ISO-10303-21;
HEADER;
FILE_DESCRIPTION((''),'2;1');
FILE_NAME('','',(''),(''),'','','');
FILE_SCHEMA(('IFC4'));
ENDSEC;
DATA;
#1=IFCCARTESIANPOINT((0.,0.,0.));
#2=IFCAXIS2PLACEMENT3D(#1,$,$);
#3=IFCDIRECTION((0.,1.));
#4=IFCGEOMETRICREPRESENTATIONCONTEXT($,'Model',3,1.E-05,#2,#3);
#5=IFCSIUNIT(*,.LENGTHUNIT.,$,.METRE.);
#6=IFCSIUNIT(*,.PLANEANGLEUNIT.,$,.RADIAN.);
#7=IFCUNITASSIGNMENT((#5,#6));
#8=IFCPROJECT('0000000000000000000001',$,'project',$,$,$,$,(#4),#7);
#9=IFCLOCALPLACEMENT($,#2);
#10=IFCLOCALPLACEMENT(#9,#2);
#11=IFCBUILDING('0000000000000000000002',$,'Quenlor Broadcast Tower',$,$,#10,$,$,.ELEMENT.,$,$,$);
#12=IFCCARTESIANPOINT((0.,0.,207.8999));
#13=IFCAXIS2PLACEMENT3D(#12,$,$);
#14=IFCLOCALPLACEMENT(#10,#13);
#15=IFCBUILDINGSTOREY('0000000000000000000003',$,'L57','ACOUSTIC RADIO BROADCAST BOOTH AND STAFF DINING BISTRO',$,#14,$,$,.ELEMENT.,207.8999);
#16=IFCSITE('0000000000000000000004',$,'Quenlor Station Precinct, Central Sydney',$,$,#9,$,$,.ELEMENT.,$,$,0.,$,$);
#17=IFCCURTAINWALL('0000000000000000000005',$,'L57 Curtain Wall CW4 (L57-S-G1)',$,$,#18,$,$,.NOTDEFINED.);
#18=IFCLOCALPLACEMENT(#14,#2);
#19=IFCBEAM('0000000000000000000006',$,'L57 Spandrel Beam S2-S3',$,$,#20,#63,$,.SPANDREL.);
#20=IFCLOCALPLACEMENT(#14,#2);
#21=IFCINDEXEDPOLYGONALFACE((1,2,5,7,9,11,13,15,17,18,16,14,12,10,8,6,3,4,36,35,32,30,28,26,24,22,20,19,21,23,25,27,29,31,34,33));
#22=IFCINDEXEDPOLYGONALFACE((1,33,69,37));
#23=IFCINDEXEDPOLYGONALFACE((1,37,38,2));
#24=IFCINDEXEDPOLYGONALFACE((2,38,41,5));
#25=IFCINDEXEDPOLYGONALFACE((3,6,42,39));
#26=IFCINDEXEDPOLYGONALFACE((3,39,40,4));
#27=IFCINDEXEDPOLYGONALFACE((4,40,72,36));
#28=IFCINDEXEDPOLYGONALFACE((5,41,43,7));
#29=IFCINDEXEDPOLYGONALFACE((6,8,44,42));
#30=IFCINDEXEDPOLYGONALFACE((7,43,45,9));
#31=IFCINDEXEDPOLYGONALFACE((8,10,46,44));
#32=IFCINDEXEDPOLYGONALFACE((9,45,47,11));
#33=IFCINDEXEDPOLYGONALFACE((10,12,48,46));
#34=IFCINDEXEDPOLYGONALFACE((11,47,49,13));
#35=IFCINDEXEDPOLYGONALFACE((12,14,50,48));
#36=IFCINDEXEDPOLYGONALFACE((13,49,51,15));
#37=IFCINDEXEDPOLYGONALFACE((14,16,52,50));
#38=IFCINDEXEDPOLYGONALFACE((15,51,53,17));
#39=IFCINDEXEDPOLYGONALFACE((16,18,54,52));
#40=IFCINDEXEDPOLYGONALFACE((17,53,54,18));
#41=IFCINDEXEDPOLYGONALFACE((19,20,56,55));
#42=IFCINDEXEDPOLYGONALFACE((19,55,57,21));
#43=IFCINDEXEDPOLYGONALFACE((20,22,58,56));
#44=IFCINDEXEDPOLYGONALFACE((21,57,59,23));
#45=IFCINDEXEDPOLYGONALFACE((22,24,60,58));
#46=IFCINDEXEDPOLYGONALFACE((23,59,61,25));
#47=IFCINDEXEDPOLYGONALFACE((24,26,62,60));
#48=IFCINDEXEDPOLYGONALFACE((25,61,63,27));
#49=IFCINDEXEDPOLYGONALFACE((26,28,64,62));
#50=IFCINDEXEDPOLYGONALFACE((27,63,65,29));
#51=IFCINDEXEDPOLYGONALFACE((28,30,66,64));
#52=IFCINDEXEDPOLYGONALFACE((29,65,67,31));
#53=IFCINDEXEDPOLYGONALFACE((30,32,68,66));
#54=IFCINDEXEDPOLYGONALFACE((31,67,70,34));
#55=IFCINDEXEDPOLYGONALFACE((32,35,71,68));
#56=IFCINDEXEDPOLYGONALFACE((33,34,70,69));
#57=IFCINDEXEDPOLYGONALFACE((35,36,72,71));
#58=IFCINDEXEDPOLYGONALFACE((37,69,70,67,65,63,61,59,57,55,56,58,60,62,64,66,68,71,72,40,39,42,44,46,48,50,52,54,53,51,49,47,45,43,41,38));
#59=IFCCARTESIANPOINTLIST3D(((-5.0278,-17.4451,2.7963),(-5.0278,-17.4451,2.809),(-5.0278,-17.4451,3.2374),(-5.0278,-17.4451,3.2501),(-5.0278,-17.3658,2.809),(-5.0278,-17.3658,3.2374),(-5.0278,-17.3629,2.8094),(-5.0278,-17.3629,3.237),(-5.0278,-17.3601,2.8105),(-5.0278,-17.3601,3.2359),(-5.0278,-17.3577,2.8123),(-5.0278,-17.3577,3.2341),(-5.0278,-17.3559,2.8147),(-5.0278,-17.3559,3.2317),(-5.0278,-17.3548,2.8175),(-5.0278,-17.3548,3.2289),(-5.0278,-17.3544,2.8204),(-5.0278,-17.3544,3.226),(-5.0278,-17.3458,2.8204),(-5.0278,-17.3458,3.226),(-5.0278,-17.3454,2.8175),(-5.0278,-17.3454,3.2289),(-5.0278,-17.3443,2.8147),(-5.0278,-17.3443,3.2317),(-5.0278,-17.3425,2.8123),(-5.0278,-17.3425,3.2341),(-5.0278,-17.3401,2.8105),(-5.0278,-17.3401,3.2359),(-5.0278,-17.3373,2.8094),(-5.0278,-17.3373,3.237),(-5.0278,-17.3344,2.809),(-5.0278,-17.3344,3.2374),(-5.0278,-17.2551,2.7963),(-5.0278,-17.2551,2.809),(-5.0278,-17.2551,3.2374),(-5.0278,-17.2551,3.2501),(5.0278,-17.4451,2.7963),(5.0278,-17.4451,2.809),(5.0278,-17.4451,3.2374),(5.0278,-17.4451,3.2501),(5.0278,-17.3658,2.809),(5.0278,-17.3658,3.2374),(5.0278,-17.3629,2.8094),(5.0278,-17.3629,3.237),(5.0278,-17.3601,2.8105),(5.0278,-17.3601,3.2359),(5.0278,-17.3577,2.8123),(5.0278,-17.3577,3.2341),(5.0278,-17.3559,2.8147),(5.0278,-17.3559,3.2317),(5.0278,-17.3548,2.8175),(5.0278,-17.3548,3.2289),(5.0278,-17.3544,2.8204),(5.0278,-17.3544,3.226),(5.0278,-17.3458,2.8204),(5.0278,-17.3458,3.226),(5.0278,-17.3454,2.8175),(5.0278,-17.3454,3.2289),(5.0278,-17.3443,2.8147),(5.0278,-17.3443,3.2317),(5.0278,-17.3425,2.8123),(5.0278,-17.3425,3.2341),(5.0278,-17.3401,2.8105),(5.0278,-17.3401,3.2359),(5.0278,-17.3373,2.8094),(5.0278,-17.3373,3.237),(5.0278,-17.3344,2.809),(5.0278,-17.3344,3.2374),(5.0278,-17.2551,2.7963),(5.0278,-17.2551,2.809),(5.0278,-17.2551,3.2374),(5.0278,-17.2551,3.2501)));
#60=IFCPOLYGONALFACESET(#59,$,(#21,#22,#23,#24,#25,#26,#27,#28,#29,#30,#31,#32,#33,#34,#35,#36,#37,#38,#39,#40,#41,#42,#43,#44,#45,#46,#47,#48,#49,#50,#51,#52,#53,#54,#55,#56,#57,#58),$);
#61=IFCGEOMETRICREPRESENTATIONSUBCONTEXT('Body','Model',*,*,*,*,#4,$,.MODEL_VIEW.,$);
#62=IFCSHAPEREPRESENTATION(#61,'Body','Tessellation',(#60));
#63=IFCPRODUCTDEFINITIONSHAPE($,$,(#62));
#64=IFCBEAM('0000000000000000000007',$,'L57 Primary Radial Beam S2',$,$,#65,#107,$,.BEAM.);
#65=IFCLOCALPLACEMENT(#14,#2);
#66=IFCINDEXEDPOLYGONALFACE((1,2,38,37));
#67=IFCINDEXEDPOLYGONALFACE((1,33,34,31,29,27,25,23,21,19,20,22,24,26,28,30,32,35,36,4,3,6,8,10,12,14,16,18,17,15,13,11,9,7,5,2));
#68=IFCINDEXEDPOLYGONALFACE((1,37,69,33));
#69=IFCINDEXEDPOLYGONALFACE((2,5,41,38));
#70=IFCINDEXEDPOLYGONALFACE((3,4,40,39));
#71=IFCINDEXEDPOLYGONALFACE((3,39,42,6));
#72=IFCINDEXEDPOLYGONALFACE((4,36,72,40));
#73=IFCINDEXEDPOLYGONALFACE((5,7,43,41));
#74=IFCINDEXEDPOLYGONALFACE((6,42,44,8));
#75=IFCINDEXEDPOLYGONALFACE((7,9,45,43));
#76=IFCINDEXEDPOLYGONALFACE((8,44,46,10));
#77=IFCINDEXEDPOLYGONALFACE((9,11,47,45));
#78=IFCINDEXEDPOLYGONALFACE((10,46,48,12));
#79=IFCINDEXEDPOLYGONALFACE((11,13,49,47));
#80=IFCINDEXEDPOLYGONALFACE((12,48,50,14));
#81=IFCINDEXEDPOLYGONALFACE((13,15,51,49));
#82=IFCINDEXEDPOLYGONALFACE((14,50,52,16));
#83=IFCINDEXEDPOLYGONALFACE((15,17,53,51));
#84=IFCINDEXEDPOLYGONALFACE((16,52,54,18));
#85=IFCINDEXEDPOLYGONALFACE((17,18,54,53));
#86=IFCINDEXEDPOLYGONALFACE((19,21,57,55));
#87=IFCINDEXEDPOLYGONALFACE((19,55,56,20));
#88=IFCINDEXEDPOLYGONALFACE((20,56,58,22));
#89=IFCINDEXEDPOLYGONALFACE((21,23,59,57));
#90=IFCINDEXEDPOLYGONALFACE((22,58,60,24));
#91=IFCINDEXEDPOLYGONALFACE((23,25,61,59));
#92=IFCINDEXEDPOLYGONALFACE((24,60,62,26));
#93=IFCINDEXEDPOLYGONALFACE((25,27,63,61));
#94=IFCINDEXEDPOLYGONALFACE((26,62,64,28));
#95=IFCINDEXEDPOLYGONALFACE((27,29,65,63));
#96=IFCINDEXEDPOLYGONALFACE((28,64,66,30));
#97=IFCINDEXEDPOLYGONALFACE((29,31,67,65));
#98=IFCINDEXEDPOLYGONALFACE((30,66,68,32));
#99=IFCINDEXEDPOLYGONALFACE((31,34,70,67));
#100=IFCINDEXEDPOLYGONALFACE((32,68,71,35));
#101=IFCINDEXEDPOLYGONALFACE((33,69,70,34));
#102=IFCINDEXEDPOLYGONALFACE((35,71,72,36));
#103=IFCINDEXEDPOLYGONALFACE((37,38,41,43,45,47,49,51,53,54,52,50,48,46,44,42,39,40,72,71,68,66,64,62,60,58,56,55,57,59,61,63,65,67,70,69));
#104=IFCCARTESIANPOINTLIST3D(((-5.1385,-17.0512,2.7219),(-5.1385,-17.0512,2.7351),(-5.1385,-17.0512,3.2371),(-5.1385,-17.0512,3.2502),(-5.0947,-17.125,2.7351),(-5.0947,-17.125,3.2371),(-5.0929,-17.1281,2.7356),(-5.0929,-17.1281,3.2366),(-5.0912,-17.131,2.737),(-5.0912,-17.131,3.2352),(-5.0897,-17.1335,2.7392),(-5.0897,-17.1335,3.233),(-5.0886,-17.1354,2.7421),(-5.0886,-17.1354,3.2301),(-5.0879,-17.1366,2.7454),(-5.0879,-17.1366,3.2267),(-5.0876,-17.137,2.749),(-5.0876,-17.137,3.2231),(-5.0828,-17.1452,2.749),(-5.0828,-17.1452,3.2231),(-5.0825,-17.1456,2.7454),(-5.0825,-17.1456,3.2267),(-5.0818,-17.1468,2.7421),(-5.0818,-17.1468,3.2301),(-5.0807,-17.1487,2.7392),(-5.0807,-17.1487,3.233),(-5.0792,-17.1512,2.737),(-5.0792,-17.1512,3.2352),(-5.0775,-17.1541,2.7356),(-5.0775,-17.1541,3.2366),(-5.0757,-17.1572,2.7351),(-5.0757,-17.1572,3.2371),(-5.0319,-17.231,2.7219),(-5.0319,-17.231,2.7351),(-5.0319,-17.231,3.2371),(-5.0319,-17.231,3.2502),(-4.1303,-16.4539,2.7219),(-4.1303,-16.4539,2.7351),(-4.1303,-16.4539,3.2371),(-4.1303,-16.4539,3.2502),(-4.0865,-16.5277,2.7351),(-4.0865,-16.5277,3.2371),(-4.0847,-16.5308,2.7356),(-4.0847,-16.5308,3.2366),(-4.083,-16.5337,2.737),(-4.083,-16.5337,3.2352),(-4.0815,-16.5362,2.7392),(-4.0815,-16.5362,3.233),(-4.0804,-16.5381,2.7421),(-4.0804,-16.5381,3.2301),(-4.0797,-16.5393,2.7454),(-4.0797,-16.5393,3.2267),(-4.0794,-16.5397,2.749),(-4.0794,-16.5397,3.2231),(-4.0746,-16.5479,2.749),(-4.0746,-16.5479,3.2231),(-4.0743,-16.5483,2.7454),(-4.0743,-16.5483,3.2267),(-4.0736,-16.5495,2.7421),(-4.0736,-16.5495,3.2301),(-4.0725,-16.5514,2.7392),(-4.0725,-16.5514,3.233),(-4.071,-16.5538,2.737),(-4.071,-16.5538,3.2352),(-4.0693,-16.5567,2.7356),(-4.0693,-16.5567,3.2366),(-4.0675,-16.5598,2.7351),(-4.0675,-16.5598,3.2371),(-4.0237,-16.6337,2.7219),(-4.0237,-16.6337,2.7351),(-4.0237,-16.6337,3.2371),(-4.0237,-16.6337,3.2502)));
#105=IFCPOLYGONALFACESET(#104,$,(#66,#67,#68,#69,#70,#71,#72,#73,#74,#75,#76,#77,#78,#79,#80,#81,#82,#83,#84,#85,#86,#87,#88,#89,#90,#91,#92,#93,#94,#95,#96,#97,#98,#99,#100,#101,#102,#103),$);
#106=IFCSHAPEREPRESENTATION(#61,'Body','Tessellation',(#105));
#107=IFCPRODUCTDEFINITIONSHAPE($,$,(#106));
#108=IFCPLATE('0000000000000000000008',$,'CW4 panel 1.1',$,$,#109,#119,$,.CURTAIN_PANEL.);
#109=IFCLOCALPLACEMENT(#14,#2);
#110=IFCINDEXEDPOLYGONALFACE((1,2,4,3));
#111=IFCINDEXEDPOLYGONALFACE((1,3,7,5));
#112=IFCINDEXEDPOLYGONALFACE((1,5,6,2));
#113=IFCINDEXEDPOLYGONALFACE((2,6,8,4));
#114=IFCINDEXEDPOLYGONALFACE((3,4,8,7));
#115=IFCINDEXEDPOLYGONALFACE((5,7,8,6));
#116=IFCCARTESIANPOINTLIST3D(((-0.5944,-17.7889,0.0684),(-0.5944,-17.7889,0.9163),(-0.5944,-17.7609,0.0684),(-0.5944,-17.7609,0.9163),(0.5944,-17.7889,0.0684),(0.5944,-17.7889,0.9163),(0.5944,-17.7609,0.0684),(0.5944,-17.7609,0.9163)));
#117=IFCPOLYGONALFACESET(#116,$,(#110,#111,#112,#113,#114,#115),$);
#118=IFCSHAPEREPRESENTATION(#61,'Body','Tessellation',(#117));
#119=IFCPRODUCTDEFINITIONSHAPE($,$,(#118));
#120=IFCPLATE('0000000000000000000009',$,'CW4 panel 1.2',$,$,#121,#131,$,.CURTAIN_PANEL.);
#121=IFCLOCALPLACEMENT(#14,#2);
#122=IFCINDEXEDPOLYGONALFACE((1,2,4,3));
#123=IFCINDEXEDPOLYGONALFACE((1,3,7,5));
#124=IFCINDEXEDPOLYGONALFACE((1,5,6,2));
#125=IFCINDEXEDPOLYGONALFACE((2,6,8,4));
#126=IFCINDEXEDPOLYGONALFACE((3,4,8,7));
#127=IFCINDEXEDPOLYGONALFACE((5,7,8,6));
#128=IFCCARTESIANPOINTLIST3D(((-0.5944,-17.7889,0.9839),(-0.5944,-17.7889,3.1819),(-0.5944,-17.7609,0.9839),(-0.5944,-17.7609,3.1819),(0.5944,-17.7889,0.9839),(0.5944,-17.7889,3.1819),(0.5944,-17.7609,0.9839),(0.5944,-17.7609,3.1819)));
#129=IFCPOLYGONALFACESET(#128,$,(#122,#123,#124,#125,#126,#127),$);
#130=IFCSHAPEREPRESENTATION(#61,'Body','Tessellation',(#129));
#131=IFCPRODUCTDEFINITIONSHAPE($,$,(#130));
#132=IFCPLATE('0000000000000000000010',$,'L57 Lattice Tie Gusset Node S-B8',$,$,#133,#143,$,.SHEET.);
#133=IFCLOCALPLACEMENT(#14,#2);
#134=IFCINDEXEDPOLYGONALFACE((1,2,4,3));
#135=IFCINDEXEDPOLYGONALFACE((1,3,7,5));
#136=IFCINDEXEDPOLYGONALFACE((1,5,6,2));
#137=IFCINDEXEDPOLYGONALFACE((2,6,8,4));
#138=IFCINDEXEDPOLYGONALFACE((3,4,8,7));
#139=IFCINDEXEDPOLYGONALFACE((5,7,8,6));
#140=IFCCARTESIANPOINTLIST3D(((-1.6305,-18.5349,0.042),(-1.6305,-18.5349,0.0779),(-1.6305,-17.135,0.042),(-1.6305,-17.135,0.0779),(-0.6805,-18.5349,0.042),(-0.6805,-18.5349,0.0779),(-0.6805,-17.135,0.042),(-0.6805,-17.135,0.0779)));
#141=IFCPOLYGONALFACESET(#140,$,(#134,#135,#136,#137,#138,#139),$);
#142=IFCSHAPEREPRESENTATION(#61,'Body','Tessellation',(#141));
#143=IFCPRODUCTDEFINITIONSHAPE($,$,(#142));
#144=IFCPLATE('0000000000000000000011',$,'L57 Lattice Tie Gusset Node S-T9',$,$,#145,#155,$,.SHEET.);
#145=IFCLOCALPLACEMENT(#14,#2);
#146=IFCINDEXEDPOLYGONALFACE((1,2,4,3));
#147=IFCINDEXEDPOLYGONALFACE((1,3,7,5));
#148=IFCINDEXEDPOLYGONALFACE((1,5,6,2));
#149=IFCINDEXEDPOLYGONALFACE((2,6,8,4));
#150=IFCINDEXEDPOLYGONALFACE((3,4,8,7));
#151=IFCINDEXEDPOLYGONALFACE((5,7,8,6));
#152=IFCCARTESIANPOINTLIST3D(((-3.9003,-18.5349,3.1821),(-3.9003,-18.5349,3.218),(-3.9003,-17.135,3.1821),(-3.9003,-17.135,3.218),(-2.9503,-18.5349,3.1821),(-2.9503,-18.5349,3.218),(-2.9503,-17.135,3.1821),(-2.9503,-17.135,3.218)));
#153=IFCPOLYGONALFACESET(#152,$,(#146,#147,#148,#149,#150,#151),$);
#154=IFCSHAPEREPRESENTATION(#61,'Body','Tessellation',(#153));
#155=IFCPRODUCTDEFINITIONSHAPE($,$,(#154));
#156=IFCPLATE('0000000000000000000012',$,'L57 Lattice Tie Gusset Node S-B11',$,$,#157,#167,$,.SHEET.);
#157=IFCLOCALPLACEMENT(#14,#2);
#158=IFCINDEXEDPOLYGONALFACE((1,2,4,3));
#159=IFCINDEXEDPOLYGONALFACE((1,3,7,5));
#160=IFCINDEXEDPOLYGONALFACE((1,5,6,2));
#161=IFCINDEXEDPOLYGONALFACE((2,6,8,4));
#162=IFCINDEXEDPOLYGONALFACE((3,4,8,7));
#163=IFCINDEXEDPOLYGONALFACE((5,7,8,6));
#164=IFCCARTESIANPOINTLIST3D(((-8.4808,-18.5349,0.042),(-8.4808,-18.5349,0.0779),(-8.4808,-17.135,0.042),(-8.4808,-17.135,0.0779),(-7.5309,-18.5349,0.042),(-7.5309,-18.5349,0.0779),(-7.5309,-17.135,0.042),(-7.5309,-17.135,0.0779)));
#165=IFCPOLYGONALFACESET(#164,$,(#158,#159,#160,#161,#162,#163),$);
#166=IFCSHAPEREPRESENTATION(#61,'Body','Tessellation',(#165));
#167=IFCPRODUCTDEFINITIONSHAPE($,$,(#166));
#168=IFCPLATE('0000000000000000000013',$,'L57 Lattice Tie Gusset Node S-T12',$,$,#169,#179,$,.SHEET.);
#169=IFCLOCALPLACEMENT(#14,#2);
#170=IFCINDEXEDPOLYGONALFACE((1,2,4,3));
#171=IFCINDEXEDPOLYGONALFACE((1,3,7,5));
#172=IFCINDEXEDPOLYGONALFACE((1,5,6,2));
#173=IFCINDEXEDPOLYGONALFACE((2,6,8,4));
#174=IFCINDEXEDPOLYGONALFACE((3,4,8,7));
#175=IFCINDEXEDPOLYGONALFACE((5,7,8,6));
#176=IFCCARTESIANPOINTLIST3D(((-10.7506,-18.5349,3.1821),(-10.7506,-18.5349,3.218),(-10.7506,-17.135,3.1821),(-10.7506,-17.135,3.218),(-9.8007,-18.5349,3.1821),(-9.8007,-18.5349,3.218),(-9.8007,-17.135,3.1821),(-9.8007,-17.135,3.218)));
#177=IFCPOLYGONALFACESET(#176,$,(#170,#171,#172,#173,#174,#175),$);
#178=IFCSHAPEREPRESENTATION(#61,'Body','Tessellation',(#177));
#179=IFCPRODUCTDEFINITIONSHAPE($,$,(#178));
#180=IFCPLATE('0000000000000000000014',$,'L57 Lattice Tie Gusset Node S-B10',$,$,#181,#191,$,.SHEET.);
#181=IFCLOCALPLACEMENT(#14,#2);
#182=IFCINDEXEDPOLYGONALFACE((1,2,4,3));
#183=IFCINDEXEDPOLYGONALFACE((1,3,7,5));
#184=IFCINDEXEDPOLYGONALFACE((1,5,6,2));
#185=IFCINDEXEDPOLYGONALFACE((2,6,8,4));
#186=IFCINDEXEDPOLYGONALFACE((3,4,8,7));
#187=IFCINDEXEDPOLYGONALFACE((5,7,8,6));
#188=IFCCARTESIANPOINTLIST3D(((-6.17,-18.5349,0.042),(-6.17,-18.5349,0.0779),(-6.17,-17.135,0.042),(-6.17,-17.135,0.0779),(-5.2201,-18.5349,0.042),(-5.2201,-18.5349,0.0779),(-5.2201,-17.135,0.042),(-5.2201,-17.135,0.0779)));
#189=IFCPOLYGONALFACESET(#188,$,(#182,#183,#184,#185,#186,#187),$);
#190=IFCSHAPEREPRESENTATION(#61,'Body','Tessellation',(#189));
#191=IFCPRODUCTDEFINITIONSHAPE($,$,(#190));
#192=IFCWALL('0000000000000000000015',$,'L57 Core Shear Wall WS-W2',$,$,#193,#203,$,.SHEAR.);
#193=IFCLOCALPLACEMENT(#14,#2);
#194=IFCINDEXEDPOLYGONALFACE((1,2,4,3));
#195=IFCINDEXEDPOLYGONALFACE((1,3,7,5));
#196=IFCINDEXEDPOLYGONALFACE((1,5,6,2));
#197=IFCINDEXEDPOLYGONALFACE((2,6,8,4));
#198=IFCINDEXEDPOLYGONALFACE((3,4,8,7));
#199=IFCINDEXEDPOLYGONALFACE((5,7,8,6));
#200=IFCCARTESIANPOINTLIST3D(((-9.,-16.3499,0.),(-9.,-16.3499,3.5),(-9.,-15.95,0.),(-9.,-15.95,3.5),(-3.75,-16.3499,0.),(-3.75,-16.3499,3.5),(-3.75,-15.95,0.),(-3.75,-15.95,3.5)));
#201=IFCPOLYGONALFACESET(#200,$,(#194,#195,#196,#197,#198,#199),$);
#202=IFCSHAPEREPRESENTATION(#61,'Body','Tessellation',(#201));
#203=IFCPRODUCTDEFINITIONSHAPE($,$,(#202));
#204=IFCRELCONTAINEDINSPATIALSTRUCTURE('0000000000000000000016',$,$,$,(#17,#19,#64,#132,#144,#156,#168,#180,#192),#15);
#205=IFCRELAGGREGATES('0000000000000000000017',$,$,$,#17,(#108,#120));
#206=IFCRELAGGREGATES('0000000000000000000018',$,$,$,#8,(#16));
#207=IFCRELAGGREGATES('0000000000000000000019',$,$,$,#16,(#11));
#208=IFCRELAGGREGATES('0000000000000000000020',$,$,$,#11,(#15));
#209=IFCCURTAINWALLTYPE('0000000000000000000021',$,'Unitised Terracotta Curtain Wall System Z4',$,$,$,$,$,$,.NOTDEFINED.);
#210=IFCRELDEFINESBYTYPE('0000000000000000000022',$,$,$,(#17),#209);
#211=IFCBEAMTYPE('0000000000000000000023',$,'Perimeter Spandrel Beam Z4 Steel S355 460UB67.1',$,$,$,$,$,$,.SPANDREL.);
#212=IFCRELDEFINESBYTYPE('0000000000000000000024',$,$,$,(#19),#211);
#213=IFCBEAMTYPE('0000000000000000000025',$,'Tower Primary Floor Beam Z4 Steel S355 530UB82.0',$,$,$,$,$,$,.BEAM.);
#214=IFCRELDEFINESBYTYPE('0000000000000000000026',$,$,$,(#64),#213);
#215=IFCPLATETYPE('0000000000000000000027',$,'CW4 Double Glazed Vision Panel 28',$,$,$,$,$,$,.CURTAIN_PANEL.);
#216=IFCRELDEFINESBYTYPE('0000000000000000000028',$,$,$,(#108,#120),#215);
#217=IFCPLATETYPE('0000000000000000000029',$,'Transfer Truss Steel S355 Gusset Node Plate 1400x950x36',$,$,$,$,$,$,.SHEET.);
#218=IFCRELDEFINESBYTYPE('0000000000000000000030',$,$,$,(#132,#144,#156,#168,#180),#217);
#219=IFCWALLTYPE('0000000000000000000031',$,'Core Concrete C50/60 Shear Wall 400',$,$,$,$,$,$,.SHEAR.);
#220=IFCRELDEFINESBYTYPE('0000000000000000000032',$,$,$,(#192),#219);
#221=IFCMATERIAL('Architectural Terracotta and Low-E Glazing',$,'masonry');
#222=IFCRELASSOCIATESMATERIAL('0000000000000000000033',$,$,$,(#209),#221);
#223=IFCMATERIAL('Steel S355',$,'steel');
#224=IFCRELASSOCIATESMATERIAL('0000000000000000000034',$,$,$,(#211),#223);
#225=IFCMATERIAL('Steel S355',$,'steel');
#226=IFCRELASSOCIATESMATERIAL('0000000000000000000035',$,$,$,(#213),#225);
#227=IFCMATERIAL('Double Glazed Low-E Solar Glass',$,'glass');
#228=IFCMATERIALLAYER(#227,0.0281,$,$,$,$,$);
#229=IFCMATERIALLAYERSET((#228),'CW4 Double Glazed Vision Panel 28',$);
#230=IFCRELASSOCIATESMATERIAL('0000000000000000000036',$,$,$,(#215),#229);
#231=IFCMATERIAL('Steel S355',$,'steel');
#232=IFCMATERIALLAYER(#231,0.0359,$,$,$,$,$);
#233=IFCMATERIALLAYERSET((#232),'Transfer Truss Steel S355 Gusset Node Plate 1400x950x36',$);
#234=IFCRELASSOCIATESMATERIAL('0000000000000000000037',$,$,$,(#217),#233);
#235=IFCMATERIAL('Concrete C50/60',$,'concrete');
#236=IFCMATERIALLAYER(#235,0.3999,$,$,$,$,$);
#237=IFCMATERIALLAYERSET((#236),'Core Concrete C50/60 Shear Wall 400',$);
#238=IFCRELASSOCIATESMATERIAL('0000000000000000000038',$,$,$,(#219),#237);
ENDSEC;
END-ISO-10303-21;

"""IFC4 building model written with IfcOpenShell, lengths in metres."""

from ifc_helpers import new_model, si_unit, direction, frame, frame_2d, origin, origin_2d, place, context, subcontext, project, spatial, rectangle, i_section, extrude, material, layer, layer_set, material_profile, profile_set, type_object, element, aggregate, save


model = new_model("IFC4")

# Units and contexts
model_context = context("Model", 3, precision=1e-05, world=origin(), true_north=direction((0.0, 1.0)))
body_context = subcontext(model_context, "Body", "Model", "MODEL_VIEW")
ifc_project = project(units=[si_unit("LENGTHUNIT", "METRE"), si_unit("PLANEANGLEUNIT", "RADIAN")], contexts=[model_context])

# Site, building, storey
site_placement = place(None, origin())
site = spatial("IfcSite", under=ifc_project, at=site_placement, Name="Quenlor Station Precinct, Central Sydney", CompositionType="ELEMENT", RefElevation=0.0)
building_placement = place(site_placement, origin())
building = spatial("IfcBuilding", under=site, at=building_placement, Name="Quenlor Broadcast Tower", CompositionType="ELEMENT")
storey_placement = place(building_placement, frame((0.0, 0.0, 207.8999)))
storey = spatial("IfcBuildingStorey", under=building, at=storey_placement, Name="L57", Description="ACOUSTIC RADIO BROADCAST BOOTH AND STAFF DINING BISTRO", CompositionType="ELEMENT", Elevation=207.8999)

# Curtain wall
ifc_material_1 = material(Name="Architectural Terracotta and Low-E Glazing", Category="masonry")
curtain_wall_type = type_object("IfcCurtainWallType", Name="Unitised Terracotta Curtain Wall System Z4", PredefinedType="NOTDEFINED", material=ifc_material_1)
curtain_wall_placement = place(storey_placement, origin())
curtain_wall = element("IfcCurtainWall", 1, at=curtain_wall_placement, inside=storey, type_object=curtain_wall_type, Name="L57 Curtain Wall CW4 (L57-S-G1)", PredefinedType="NOTDEFINED")

# Beams
ifc_material_2 = material(Name="Steel S355", Category="steel")
ifc_material_profile_1 = material_profile(ifc_material_2, i_section(OverallWidth=0.1899, OverallDepth=0.4539, WebThickness=0.0085, FlangeThickness=0.0127, FilletRadius=0.0115, at=origin_2d()))
ifc_profile_set_1 = profile_set([ifc_material_profile_1], Name="Steel S355 460UB67.1")
beam_type_1 = type_object("IfcBeamType", Name="Perimeter Spandrel Beam Z4 Steel S355 460UB67.1", PredefinedType="SPANDREL", material=ifc_profile_set_1)
beam_1_placement = place(storey_placement, frame((-5.0278, -17.3501, 3.0232), z_axis=(1.0, 0.0, 0.0), x_axis=(0.0, 1.0, 0.0)))
element("IfcBeam", 2, at=beam_1_placement, inside=storey, type_object=beam_type_1, Name="L57 Spandrel Beam S2-S3", PredefinedType="SPANDREL", context=body_context, shape_type="SweptSolid", body=[
    extrude(i_section(OverallWidth=0.1899, OverallDepth=0.4539, WebThickness=0.0085, FlangeThickness=0.0127, FilletRadius=0.0115, at=origin_2d()), origin(), (0.0, 0.0, 1.0), 10.0557),
])
ifc_material_3 = material(Name="Steel S355", Category="steel")
ifc_material_profile_2 = material_profile(ifc_material_3, i_section(OverallWidth=0.209, OverallDepth=0.5283, WebThickness=0.0095, FlangeThickness=0.0132, FilletRadius=0.0139, at=origin_2d()))
ifc_profile_set_2 = profile_set([ifc_material_profile_2], Name="Steel S355 530UB82.0")
beam_type_2 = type_object("IfcBeamType", Name="Tower Primary Floor Beam Z4 Steel S355 530UB82.0", PredefinedType="BEAM", material=ifc_profile_set_2)
beam_2_placement = place(storey_placement, frame((-5.0852, -17.1411, 2.9861), z_axis=(0.860329, 0.50974, 0.0), x_axis=(-0.50974, 0.860329, 0.0)))
element("IfcBeam", 3, at=beam_2_placement, inside=storey, type_object=beam_type_2, Name="L57 Primary Radial Beam S2", PredefinedType="BEAM", context=body_context, shape_type="SweptSolid", body=[
    extrude(i_section(OverallWidth=0.209, OverallDepth=0.5283, WebThickness=0.0095, FlangeThickness=0.0132, FilletRadius=0.0139, at=origin_2d()), origin(), (0.0, 0.0, 1.0), 1.1719),
])

# Plates
ifc_material_4 = material(Name="Double Glazed Low-E Solar Glass", Category="glass")
ifc_layer_1 = layer(ifc_material_4, 0.0281)
ifc_layer_set_1 = layer_set([ifc_layer_1], Name="CW4 Double Glazed Vision Panel 28")
plate_type_1 = type_object("IfcPlateType", Name="CW4 Double Glazed Vision Panel 28", PredefinedType="CURTAIN_PANEL", material=ifc_layer_set_1)
plate_1_placement = place(storey_placement, frame((0.0, -17.7749, 0.0684), z_axis=(0.0, 0.0, 1.0), x_axis=(-1.0, 0.0, 0.0)))
plate_1 = element("IfcPlate", 4, at=plate_1_placement, type_object=plate_type_1, Name="CW4 panel 1.1", PredefinedType="CURTAIN_PANEL", context=body_context, shape_type="SweptSolid", body=[
    extrude(rectangle(XDim=1.1887, YDim=0.0281, at=origin_2d()), origin(), (0.0, 0.0, 1.0), 0.8479),
])
plate_2_placement = place(storey_placement, frame((0.0, -17.7749, 0.9839), z_axis=(0.0, 0.0, 1.0), x_axis=(-1.0, 0.0, 0.0)))
plate_2 = element("IfcPlate", 5, at=plate_2_placement, type_object=plate_type_1, Name="CW4 panel 1.2", PredefinedType="CURTAIN_PANEL", context=body_context, shape_type="SweptSolid", body=[
    extrude(rectangle(XDim=1.1887, YDim=0.0281, at=origin_2d()), origin(), (0.0, 0.0, 1.0), 2.198),
])
aggregate(curtain_wall, [plate_1, plate_2])

# Plates
ifc_material_5 = material(Name="Steel S355", Category="steel")
ifc_layer_2 = layer(ifc_material_5, 0.0359)
ifc_layer_set_2 = layer_set([ifc_layer_2], Name="Transfer Truss Steel S355 Gusset Node Plate 1400x950x36")
plate_type_2 = type_object("IfcPlateType", Name="Transfer Truss Steel S355 Gusset Node Plate 1400x950x36", PredefinedType="SHEET", material=ifc_layer_set_2)
for number, where, z_axis, x_axis, name in (
    (6, (-1.1555, -17.835, 0.042), (0.0, 0.0, 1.0), (0.0, -1.0, 0.0), "L57 Lattice Tie Gusset Node S-B8"),
    (7, (-3.4253, -17.835, 3.1821), (0.0, 0.0, 1.0), (0.0, -1.0, 0.0), "L57 Lattice Tie Gusset Node S-T9"),
    (8, (-8.0059, -17.835, 0.042), (0.0, 0.0, 1.0), (0.0, -1.0, 0.0), "L57 Lattice Tie Gusset Node S-B11"),
    (9, (-10.2756, -17.835, 3.1821), (0.0, 0.0, 1.0), (0.0, -1.0, 0.0), "L57 Lattice Tie Gusset Node S-T12"),
    (10, (-5.6951, -17.835, 0.042), (0.0, 0.0, 1.0), (0.0, -1.0, 0.0), "L57 Lattice Tie Gusset Node S-B10"),
):
    element("IfcPlate", number, at=place(storey_placement, frame(where, z_axis=z_axis, x_axis=x_axis)), inside=storey, type_object=plate_type_2, Name=name, PredefinedType="SHEET", context=body_context, shape_type="SweptSolid", body=[
        extrude(rectangle(XDim=1.3999, YDim=0.95, at=origin_2d()), origin(), (0.0, 0.0, 1.0), 0.0359),
    ])

# Wall
ifc_material_6 = material(Name="Concrete C50/60", Category="concrete")
ifc_layer_3 = layer(ifc_material_6, 0.3999)
ifc_layer_set_3 = layer_set([ifc_layer_3], Name="Core Concrete C50/60 Shear Wall 400")
wall_type_1 = type_object("IfcWallType", Name="Core Concrete C50/60 Shear Wall 400", PredefinedType="SHEAR", material=ifc_layer_set_3)
wall_1_placement = place(storey_placement, frame((-9.0, -16.1499, 0.0), z_axis=(0.0, 0.0, 1.0), x_axis=(1.0, 0.0, 0.0)))
element("IfcWall", 11, at=wall_1_placement, inside=storey, type_object=wall_type_1, Name="L57 Core Shear Wall WS-W2", PredefinedType="SHEAR", context=body_context, shape_type="SweptSolid", body=[
    extrude(rectangle(XDim=5.25, YDim=0.3999, at=frame_2d((2.625, 0.0))), origin(), (0.0, 0.0, 1.0), 3.5),
])

save(model, "model.ifc")
